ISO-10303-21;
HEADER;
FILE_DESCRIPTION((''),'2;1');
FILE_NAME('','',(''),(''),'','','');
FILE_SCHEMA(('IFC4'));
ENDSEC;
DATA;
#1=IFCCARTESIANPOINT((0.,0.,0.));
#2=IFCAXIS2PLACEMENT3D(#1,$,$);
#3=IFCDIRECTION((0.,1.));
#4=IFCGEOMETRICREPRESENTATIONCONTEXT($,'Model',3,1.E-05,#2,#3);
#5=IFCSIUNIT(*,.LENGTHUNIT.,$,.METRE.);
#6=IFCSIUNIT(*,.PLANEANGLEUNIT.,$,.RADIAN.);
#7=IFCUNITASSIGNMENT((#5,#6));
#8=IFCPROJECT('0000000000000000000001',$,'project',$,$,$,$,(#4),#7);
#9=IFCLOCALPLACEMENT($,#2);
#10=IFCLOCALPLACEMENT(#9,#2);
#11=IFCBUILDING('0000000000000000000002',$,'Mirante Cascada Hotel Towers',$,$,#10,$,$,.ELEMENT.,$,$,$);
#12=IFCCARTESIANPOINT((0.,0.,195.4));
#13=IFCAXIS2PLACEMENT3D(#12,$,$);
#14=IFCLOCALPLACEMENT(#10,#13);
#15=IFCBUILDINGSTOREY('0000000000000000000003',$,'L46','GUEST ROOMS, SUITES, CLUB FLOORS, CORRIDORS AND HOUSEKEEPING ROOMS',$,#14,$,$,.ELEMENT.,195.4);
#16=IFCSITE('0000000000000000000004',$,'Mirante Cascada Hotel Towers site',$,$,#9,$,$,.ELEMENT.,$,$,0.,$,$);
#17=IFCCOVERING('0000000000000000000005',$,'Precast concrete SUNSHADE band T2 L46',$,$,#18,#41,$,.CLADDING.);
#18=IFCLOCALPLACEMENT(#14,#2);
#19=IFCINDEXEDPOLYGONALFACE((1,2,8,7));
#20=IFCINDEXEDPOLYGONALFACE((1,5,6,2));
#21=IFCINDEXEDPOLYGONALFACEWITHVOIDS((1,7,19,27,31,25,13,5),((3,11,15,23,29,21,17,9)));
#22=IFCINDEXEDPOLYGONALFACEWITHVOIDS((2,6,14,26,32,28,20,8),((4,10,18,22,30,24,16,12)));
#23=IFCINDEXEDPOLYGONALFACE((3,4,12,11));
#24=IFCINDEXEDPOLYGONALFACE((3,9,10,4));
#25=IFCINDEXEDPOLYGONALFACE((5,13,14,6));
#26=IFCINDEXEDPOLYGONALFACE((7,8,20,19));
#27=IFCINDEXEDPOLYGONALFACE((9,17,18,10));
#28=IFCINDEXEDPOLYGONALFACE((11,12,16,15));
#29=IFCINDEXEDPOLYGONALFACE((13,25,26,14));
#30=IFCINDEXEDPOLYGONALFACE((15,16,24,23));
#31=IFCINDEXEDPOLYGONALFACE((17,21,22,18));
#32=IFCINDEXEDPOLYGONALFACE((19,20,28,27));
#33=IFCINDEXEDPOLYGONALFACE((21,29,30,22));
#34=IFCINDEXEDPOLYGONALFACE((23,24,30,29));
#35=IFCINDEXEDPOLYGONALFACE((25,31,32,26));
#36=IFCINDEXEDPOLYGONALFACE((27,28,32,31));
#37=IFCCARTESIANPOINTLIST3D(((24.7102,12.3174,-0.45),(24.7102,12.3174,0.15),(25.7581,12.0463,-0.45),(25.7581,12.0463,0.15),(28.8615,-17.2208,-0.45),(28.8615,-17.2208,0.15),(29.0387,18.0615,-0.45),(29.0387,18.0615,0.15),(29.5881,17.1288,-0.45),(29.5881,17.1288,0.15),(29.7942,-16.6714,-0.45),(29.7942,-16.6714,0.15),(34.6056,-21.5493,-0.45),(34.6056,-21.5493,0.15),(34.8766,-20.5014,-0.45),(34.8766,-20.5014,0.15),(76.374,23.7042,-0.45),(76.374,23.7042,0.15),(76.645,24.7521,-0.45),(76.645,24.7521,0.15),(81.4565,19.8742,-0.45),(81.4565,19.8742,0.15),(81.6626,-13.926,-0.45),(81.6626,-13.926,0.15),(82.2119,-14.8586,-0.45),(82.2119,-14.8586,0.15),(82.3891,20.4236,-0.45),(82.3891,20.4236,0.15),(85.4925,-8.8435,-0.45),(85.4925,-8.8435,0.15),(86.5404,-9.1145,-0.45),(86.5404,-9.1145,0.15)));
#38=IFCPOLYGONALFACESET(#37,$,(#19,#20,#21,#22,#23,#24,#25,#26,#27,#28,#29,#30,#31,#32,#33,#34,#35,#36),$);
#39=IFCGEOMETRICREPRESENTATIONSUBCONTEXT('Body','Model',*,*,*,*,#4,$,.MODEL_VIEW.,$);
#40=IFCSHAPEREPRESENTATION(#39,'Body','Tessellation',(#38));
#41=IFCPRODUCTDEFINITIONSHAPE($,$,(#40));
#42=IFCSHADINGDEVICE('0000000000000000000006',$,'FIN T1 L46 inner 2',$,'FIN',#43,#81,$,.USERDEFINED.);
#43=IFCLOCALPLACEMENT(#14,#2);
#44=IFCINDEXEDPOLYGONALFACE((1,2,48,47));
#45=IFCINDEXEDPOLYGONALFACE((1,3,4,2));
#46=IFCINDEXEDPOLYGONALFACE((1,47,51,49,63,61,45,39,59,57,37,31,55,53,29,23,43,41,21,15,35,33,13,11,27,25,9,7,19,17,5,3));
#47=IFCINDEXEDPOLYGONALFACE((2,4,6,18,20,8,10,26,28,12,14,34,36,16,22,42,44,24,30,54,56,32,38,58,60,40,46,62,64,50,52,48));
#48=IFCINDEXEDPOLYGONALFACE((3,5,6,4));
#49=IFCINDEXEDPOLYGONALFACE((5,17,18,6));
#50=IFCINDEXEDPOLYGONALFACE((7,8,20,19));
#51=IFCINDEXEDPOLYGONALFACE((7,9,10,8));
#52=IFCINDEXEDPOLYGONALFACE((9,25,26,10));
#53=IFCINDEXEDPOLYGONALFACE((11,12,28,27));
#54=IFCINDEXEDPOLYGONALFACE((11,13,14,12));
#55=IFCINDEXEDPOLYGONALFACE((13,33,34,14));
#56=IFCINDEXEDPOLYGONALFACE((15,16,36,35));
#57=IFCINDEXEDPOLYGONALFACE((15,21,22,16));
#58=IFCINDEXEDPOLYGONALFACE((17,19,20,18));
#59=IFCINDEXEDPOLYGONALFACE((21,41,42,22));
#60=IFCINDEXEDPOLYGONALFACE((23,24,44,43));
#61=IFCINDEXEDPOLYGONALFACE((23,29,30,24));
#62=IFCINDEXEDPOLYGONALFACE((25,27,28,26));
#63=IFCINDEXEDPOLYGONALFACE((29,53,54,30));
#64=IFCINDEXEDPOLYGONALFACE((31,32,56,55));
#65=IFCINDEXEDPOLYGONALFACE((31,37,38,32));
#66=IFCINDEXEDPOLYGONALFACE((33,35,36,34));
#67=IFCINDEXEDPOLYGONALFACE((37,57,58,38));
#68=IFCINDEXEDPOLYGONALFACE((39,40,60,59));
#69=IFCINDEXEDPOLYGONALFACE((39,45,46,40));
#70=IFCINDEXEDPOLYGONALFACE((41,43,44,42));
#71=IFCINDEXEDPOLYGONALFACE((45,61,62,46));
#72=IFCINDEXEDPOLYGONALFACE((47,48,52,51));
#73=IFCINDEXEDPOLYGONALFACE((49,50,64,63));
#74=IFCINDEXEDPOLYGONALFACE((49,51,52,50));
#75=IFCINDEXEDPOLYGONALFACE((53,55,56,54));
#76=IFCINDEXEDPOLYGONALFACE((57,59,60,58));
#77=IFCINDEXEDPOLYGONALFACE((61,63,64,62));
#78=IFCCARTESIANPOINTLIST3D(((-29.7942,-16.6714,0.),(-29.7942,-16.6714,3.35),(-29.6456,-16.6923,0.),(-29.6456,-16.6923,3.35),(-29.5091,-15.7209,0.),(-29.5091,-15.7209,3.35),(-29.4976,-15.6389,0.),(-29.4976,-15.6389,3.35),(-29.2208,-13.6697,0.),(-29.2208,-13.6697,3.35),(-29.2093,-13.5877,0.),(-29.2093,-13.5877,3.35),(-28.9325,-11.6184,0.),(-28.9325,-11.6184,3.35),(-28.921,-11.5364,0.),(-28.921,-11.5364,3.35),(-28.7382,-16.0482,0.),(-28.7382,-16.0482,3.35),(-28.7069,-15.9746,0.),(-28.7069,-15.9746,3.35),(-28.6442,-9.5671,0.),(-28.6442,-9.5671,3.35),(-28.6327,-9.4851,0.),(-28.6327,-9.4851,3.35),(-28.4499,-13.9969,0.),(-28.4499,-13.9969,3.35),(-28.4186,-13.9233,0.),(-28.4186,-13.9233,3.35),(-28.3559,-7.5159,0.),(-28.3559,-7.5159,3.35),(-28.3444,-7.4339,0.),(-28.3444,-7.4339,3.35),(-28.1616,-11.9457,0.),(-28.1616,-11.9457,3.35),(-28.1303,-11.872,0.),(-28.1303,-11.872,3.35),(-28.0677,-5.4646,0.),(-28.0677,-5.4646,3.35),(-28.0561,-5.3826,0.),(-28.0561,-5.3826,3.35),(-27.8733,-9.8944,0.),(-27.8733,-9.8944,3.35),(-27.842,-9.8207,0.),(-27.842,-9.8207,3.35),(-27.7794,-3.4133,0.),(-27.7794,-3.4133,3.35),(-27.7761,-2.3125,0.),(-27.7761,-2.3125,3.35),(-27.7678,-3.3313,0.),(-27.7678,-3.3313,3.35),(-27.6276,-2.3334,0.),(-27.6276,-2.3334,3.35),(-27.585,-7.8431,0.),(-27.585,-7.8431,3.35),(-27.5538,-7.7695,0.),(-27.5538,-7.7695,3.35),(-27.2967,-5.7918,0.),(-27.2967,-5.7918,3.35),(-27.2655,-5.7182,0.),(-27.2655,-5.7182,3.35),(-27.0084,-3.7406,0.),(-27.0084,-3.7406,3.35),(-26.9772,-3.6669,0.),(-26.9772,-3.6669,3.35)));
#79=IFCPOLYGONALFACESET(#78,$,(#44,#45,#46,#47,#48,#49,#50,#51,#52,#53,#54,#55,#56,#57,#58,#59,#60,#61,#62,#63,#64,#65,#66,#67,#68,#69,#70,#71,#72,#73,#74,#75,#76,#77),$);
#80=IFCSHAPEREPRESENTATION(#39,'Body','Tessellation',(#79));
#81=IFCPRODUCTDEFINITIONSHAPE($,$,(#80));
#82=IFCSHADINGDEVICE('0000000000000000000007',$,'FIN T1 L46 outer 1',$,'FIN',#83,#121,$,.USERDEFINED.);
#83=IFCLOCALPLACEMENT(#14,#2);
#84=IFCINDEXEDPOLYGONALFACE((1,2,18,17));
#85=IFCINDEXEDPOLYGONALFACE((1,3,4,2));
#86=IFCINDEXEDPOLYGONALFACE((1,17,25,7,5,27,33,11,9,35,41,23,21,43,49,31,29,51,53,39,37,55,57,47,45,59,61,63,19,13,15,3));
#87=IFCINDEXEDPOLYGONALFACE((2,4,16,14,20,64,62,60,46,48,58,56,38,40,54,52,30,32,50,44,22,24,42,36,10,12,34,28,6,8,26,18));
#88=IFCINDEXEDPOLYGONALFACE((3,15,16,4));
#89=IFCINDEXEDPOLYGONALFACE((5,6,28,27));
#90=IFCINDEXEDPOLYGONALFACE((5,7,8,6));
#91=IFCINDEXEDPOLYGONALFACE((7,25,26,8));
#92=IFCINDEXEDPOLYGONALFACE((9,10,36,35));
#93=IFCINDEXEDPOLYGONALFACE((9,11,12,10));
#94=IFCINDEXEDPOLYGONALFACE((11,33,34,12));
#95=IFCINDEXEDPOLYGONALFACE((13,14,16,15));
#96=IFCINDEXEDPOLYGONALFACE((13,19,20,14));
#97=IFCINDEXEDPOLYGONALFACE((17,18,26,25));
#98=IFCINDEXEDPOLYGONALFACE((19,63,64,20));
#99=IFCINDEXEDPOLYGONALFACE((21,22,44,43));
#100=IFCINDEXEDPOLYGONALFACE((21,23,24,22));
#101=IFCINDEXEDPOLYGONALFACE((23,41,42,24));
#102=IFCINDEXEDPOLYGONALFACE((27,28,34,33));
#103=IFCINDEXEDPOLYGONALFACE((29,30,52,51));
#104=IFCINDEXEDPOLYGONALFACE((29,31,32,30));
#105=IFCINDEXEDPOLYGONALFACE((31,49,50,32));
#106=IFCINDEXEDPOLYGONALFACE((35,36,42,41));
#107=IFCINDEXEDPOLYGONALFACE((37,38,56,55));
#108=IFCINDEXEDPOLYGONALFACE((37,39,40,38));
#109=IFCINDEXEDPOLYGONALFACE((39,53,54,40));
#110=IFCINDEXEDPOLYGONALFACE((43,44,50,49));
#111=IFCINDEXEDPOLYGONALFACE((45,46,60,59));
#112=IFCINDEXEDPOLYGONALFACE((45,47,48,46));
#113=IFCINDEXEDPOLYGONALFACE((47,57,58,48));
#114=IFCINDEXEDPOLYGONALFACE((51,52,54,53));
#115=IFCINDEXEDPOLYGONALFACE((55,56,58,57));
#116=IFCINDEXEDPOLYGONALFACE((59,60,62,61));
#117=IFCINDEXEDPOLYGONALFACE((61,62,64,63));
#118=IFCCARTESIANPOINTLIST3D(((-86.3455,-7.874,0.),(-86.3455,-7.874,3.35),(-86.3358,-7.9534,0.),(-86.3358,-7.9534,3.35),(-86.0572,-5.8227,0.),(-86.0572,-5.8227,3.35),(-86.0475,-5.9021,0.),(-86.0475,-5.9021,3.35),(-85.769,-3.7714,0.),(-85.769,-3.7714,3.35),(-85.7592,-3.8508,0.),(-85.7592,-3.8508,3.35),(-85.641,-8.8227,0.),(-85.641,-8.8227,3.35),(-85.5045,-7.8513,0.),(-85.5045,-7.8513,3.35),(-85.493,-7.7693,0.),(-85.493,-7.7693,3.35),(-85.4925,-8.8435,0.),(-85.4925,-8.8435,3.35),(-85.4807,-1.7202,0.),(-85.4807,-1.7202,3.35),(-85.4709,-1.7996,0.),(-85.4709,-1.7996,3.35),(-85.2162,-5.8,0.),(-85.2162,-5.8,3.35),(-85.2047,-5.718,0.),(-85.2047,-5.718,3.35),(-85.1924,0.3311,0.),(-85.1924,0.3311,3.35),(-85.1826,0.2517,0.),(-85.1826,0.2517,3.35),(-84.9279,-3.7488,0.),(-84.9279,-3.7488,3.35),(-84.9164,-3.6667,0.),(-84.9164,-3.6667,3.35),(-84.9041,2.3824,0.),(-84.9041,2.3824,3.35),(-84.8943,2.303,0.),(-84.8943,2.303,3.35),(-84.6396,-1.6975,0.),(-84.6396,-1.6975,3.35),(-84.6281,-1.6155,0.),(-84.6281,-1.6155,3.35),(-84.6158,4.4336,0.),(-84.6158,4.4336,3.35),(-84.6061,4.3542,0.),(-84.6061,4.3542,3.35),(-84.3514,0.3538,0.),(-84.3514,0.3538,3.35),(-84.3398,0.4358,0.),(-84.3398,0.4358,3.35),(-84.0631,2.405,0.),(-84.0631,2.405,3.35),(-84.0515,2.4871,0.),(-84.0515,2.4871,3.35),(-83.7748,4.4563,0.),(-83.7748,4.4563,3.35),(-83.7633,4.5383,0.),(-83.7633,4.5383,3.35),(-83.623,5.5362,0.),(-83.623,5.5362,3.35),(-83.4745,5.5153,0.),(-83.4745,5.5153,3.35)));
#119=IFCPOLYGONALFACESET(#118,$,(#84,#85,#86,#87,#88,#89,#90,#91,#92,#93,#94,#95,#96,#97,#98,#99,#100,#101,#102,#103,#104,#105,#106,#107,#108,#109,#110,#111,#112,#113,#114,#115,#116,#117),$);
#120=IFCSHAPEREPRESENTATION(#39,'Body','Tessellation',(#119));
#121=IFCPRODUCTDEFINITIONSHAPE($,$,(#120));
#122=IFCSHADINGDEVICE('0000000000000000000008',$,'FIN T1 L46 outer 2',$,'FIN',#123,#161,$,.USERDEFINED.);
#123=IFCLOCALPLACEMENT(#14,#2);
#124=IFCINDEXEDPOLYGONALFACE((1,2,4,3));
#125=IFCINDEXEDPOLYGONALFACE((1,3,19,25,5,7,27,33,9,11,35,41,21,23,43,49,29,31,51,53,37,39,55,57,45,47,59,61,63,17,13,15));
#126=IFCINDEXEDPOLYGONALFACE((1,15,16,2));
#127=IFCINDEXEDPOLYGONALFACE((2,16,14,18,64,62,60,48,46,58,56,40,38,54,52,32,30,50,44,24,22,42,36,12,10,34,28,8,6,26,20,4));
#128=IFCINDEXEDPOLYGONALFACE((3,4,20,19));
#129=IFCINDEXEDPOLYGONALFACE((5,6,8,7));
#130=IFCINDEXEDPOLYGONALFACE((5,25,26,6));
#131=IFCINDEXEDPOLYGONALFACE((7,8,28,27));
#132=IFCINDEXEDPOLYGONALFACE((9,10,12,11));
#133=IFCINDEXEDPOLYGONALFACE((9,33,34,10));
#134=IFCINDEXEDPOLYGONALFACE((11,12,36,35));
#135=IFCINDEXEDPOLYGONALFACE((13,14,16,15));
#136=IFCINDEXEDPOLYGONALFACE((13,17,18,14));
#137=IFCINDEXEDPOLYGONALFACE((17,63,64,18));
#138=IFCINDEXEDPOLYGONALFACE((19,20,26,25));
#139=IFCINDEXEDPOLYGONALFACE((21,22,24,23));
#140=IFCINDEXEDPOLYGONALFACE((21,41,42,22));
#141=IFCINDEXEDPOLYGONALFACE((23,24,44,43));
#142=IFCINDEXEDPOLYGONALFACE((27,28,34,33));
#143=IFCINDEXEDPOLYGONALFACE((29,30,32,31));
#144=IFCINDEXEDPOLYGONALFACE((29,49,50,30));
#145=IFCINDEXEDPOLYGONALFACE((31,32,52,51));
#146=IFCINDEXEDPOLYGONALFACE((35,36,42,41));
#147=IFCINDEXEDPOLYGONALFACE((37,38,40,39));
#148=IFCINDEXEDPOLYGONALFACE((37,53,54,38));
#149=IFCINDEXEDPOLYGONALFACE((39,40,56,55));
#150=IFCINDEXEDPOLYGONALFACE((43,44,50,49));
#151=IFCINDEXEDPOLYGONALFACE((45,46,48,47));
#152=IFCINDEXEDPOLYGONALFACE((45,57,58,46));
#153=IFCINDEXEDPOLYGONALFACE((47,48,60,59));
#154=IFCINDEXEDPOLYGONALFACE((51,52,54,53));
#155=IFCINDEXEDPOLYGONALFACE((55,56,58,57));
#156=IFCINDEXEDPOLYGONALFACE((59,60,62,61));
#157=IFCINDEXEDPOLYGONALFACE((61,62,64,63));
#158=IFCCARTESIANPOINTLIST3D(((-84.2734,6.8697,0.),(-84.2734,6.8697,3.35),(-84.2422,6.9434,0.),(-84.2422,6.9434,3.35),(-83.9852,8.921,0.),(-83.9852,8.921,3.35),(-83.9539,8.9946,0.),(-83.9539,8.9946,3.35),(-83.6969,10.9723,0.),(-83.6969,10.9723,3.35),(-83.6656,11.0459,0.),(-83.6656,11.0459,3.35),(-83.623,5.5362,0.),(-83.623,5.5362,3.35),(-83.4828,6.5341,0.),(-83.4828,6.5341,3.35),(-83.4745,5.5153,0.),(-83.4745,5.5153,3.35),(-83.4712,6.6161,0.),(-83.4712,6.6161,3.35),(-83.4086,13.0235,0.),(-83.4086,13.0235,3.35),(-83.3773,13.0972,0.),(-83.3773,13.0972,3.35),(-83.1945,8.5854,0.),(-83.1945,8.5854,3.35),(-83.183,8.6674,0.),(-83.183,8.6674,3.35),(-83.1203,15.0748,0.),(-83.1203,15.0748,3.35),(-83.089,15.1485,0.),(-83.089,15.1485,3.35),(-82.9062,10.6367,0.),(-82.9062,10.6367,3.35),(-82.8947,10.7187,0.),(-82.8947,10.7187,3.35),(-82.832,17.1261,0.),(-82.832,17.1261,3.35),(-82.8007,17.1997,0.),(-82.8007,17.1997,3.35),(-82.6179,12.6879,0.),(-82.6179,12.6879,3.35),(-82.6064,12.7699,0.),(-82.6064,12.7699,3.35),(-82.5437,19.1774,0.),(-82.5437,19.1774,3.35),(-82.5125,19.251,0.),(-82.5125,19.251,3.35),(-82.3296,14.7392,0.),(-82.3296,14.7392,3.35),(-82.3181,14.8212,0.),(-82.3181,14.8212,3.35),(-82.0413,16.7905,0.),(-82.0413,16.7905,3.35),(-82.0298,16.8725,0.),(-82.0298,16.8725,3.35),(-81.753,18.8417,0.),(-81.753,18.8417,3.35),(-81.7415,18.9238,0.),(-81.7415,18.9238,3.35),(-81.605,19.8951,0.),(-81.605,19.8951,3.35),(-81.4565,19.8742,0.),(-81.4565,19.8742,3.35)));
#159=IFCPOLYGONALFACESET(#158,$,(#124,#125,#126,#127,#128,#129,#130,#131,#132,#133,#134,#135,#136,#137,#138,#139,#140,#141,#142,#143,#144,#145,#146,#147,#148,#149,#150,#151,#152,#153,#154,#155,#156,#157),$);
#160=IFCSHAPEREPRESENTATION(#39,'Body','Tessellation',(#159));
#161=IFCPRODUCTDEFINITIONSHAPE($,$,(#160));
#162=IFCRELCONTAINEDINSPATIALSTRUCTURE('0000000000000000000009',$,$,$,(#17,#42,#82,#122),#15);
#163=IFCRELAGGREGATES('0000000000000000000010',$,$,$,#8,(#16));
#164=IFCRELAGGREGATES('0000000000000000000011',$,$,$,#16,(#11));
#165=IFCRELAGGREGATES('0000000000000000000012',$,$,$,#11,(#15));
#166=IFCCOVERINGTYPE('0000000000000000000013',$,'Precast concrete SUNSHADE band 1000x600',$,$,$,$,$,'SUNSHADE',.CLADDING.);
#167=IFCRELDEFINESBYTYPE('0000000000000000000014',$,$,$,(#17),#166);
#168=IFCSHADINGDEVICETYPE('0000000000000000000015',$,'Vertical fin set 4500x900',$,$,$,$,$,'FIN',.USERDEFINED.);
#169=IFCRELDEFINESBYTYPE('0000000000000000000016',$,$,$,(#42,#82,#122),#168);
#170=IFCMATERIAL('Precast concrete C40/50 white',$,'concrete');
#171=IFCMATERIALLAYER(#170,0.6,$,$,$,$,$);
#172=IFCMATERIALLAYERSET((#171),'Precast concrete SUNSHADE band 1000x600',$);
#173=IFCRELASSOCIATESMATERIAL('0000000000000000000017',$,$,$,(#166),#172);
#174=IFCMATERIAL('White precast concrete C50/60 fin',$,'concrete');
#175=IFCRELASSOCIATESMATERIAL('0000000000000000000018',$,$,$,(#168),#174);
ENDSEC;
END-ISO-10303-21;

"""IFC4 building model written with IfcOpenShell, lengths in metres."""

from ifc_helpers import new_model, si_unit, direction, frame, origin, place, context, subcontext, project, spatial, polyline, outline, extrude, material, layer, layer_set, type_object, element, save


model = new_model("IFC4")

# Units and contexts
model_context = context("Model", 3, precision=1e-05, world=origin(), true_north=direction((0.0, 1.0)))
body_context = subcontext(model_context, "Body", "Model", "MODEL_VIEW")
ifc_project = project(units=[si_unit("LENGTHUNIT", "METRE"), si_unit("PLANEANGLEUNIT", "RADIAN")], contexts=[model_context])

# Site, building, storey
site_placement = place(None, origin())
site = spatial("IfcSite", under=ifc_project, at=site_placement, Name="Mirante Cascada Hotel Towers site", CompositionType="ELEMENT", RefElevation=0.0)
building_placement = place(site_placement, origin())
building = spatial("IfcBuilding", under=site, at=building_placement, Name="Mirante Cascada Hotel Towers", CompositionType="ELEMENT")
storey_placement = place(building_placement, frame((0.0, 0.0, 195.4)))
storey = spatial("IfcBuildingStorey", under=building, at=storey_placement, Name="L46", Description="GUEST ROOMS, SUITES, CLUB FLOORS, CORRIDORS AND HOUSEKEEPING ROOMS", CompositionType="ELEMENT", Elevation=195.4)

# Covering
ifc_material_1 = material(Name="Precast concrete C40/50 white", Category="concrete")
ifc_layer_1 = layer(ifc_material_1, 0.6)
ifc_layer_set_1 = layer_set([ifc_layer_1], Name="Precast concrete SUNSHADE band 1000x600")
covering_type = type_object("IfcCoveringType", Name="Precast concrete SUNSHADE band 1000x600", ElementType="SUNSHADE", PredefinedType="CLADDING", material=ifc_layer_set_1)
covering_placement = place(storey_placement, frame((0.0, 0.0, -0.45)))
element("IfcCovering", 1, at=covering_placement, inside=storey, type_object=covering_type, Name="Precast concrete SUNSHADE band T2 L46", PredefinedType="CLADDING", context=body_context, shape_type="SweptSolid", body=[
    extrude(outline(polyline([(24.7102, 12.3174), (29.0387, 18.0615), (76.645, 24.7521), (82.3891, 20.4236), (86.5404, -9.1145), (82.2119, -14.8586), (34.6056, -21.5493), (28.8615, -17.2208), (24.7102, 12.3174)]), holes=[polyline([(85.4925, -8.8435), (81.4565, 19.8742), (76.374, 23.7042), (29.5881, 17.1288), (25.7581, 12.0463), (29.7942, -16.6714), (34.8766, -20.5014), (81.6626, -13.926), (85.4925, -8.8435)])]), origin(), (0.0, 0.0, 1.0), 0.6),
])

# Shading devices
ifc_material_2 = material(Name="White precast concrete C50/60 fin", Category="concrete")
shading_device_type = type_object("IfcShadingDeviceType", Name="Vertical fin set 4500x900", ElementType="FIN", PredefinedType="USERDEFINED", material=ifc_material_2)
shading_device_1_placement = place(storey_placement, origin())
element("IfcShadingDevice", 2, at=shading_device_1_placement, inside=storey, type_object=shading_device_type, Name="FIN T1 L46 inner 2", ObjectType="FIN", PredefinedType="USERDEFINED", context=body_context, shape_type="SweptSolid", body=[
    extrude(outline(polyline([(-29.5091, -15.7209), (-29.6456, -16.6923), (-29.7942, -16.6714), (-27.7761, -2.3125), (-27.6276, -2.3334), (-27.7678, -3.3313), (-26.9772, -3.6669), (-27.0084, -3.7406), (-27.7794, -3.4133), (-28.0561, -5.3826), (-27.2655, -5.7182), (-27.2967, -5.7918), (-28.0677, -5.4646), (-28.3444, -7.4339), (-27.5538, -7.7695), (-27.585, -7.8431), (-28.3559, -7.5159), (-28.6327, -9.4851), (-27.842, -9.8207), (-27.8733, -9.8944), (-28.6442, -9.5671), (-28.921, -11.5364), (-28.1303, -11.872), (-28.1616, -11.9457), (-28.9325, -11.6184), (-29.2093, -13.5877), (-28.4186, -13.9233), (-28.4499, -13.9969), (-29.2208, -13.6697), (-29.4976, -15.6389), (-28.7069, -15.9746), (-28.7382, -16.0482), (-29.5091, -15.7209)])), origin(), (0.0, 0.0, 1.0), 3.35),
])
shading_device_2_placement = place(storey_placement, origin())
element("IfcShadingDevice", 3, at=shading_device_2_placement, inside=storey, type_object=shading_device_type, Name="FIN T1 L46 outer 1", ObjectType="FIN", PredefinedType="USERDEFINED", context=body_context, shape_type="SweptSolid", body=[
    extrude(outline(polyline([(-85.493, -7.7693), (-85.2162, -5.8), (-86.0475, -5.9021), (-86.0572, -5.8227), (-85.2047, -5.718), (-84.9279, -3.7488), (-85.7592, -3.8508), (-85.769, -3.7714), (-84.9164, -3.6667), (-84.6396, -1.6975), (-85.4709, -1.7996), (-85.4807, -1.7202), (-84.6281, -1.6155), (-84.3514, 0.3538), (-85.1826, 0.2517), (-85.1924, 0.3311), (-84.3398, 0.4358), (-84.0631, 2.405), (-84.8943, 2.303), (-84.9041, 2.3824), (-84.0515, 2.4871), (-83.7748, 4.4563), (-84.6061, 4.3542), (-84.6158, 4.4336), (-83.7633, 4.5383), (-83.623, 5.5362), (-83.4745, 5.5153), (-85.4925, -8.8435), (-85.641, -8.8227), (-85.5045, -7.8513), (-86.3358, -7.9534), (-86.3455, -7.874), (-85.493, -7.7693)])), origin(), (0.0, 0.0, 1.0), 3.35),
])
shading_device_3_placement = place(storey_placement, origin())
element("IfcShadingDevice", 4, at=shading_device_3_placement, inside=storey, type_object=shading_device_type, Name="FIN T1 L46 outer 2", ObjectType="FIN", PredefinedType="USERDEFINED", context=body_context, shape_type="SweptSolid", body=[
    extrude(outline(polyline([(-83.4712, 6.6161), (-83.1945, 8.5854), (-83.9852, 8.921), (-83.9539, 8.9946), (-83.183, 8.6674), (-82.9062, 10.6367), (-83.6969, 10.9723), (-83.6656, 11.0459), (-82.8947, 10.7187), (-82.6179, 12.6879), (-83.4086, 13.0235), (-83.3773, 13.0972), (-82.6064, 12.7699), (-82.3296, 14.7392), (-83.1203, 15.0748), (-83.089, 15.1485), (-82.3181, 14.8212), (-82.0413, 16.7905), (-82.832, 17.1261), (-82.8007, 17.1997), (-82.0298, 16.8725), (-81.753, 18.8417), (-82.5437, 19.1774), (-82.5125, 19.251), (-81.7415, 18.9238), (-81.605, 19.8951), (-81.4565, 19.8742), (-83.4745, 5.5153), (-83.623, 5.5362), (-83.4828, 6.5341), (-84.2734, 6.8697), (-84.2422, 6.9434), (-83.4712, 6.6161)])), origin(), (0.0, 0.0, 1.0), 3.35),
])

save(model, "model.ifc")
